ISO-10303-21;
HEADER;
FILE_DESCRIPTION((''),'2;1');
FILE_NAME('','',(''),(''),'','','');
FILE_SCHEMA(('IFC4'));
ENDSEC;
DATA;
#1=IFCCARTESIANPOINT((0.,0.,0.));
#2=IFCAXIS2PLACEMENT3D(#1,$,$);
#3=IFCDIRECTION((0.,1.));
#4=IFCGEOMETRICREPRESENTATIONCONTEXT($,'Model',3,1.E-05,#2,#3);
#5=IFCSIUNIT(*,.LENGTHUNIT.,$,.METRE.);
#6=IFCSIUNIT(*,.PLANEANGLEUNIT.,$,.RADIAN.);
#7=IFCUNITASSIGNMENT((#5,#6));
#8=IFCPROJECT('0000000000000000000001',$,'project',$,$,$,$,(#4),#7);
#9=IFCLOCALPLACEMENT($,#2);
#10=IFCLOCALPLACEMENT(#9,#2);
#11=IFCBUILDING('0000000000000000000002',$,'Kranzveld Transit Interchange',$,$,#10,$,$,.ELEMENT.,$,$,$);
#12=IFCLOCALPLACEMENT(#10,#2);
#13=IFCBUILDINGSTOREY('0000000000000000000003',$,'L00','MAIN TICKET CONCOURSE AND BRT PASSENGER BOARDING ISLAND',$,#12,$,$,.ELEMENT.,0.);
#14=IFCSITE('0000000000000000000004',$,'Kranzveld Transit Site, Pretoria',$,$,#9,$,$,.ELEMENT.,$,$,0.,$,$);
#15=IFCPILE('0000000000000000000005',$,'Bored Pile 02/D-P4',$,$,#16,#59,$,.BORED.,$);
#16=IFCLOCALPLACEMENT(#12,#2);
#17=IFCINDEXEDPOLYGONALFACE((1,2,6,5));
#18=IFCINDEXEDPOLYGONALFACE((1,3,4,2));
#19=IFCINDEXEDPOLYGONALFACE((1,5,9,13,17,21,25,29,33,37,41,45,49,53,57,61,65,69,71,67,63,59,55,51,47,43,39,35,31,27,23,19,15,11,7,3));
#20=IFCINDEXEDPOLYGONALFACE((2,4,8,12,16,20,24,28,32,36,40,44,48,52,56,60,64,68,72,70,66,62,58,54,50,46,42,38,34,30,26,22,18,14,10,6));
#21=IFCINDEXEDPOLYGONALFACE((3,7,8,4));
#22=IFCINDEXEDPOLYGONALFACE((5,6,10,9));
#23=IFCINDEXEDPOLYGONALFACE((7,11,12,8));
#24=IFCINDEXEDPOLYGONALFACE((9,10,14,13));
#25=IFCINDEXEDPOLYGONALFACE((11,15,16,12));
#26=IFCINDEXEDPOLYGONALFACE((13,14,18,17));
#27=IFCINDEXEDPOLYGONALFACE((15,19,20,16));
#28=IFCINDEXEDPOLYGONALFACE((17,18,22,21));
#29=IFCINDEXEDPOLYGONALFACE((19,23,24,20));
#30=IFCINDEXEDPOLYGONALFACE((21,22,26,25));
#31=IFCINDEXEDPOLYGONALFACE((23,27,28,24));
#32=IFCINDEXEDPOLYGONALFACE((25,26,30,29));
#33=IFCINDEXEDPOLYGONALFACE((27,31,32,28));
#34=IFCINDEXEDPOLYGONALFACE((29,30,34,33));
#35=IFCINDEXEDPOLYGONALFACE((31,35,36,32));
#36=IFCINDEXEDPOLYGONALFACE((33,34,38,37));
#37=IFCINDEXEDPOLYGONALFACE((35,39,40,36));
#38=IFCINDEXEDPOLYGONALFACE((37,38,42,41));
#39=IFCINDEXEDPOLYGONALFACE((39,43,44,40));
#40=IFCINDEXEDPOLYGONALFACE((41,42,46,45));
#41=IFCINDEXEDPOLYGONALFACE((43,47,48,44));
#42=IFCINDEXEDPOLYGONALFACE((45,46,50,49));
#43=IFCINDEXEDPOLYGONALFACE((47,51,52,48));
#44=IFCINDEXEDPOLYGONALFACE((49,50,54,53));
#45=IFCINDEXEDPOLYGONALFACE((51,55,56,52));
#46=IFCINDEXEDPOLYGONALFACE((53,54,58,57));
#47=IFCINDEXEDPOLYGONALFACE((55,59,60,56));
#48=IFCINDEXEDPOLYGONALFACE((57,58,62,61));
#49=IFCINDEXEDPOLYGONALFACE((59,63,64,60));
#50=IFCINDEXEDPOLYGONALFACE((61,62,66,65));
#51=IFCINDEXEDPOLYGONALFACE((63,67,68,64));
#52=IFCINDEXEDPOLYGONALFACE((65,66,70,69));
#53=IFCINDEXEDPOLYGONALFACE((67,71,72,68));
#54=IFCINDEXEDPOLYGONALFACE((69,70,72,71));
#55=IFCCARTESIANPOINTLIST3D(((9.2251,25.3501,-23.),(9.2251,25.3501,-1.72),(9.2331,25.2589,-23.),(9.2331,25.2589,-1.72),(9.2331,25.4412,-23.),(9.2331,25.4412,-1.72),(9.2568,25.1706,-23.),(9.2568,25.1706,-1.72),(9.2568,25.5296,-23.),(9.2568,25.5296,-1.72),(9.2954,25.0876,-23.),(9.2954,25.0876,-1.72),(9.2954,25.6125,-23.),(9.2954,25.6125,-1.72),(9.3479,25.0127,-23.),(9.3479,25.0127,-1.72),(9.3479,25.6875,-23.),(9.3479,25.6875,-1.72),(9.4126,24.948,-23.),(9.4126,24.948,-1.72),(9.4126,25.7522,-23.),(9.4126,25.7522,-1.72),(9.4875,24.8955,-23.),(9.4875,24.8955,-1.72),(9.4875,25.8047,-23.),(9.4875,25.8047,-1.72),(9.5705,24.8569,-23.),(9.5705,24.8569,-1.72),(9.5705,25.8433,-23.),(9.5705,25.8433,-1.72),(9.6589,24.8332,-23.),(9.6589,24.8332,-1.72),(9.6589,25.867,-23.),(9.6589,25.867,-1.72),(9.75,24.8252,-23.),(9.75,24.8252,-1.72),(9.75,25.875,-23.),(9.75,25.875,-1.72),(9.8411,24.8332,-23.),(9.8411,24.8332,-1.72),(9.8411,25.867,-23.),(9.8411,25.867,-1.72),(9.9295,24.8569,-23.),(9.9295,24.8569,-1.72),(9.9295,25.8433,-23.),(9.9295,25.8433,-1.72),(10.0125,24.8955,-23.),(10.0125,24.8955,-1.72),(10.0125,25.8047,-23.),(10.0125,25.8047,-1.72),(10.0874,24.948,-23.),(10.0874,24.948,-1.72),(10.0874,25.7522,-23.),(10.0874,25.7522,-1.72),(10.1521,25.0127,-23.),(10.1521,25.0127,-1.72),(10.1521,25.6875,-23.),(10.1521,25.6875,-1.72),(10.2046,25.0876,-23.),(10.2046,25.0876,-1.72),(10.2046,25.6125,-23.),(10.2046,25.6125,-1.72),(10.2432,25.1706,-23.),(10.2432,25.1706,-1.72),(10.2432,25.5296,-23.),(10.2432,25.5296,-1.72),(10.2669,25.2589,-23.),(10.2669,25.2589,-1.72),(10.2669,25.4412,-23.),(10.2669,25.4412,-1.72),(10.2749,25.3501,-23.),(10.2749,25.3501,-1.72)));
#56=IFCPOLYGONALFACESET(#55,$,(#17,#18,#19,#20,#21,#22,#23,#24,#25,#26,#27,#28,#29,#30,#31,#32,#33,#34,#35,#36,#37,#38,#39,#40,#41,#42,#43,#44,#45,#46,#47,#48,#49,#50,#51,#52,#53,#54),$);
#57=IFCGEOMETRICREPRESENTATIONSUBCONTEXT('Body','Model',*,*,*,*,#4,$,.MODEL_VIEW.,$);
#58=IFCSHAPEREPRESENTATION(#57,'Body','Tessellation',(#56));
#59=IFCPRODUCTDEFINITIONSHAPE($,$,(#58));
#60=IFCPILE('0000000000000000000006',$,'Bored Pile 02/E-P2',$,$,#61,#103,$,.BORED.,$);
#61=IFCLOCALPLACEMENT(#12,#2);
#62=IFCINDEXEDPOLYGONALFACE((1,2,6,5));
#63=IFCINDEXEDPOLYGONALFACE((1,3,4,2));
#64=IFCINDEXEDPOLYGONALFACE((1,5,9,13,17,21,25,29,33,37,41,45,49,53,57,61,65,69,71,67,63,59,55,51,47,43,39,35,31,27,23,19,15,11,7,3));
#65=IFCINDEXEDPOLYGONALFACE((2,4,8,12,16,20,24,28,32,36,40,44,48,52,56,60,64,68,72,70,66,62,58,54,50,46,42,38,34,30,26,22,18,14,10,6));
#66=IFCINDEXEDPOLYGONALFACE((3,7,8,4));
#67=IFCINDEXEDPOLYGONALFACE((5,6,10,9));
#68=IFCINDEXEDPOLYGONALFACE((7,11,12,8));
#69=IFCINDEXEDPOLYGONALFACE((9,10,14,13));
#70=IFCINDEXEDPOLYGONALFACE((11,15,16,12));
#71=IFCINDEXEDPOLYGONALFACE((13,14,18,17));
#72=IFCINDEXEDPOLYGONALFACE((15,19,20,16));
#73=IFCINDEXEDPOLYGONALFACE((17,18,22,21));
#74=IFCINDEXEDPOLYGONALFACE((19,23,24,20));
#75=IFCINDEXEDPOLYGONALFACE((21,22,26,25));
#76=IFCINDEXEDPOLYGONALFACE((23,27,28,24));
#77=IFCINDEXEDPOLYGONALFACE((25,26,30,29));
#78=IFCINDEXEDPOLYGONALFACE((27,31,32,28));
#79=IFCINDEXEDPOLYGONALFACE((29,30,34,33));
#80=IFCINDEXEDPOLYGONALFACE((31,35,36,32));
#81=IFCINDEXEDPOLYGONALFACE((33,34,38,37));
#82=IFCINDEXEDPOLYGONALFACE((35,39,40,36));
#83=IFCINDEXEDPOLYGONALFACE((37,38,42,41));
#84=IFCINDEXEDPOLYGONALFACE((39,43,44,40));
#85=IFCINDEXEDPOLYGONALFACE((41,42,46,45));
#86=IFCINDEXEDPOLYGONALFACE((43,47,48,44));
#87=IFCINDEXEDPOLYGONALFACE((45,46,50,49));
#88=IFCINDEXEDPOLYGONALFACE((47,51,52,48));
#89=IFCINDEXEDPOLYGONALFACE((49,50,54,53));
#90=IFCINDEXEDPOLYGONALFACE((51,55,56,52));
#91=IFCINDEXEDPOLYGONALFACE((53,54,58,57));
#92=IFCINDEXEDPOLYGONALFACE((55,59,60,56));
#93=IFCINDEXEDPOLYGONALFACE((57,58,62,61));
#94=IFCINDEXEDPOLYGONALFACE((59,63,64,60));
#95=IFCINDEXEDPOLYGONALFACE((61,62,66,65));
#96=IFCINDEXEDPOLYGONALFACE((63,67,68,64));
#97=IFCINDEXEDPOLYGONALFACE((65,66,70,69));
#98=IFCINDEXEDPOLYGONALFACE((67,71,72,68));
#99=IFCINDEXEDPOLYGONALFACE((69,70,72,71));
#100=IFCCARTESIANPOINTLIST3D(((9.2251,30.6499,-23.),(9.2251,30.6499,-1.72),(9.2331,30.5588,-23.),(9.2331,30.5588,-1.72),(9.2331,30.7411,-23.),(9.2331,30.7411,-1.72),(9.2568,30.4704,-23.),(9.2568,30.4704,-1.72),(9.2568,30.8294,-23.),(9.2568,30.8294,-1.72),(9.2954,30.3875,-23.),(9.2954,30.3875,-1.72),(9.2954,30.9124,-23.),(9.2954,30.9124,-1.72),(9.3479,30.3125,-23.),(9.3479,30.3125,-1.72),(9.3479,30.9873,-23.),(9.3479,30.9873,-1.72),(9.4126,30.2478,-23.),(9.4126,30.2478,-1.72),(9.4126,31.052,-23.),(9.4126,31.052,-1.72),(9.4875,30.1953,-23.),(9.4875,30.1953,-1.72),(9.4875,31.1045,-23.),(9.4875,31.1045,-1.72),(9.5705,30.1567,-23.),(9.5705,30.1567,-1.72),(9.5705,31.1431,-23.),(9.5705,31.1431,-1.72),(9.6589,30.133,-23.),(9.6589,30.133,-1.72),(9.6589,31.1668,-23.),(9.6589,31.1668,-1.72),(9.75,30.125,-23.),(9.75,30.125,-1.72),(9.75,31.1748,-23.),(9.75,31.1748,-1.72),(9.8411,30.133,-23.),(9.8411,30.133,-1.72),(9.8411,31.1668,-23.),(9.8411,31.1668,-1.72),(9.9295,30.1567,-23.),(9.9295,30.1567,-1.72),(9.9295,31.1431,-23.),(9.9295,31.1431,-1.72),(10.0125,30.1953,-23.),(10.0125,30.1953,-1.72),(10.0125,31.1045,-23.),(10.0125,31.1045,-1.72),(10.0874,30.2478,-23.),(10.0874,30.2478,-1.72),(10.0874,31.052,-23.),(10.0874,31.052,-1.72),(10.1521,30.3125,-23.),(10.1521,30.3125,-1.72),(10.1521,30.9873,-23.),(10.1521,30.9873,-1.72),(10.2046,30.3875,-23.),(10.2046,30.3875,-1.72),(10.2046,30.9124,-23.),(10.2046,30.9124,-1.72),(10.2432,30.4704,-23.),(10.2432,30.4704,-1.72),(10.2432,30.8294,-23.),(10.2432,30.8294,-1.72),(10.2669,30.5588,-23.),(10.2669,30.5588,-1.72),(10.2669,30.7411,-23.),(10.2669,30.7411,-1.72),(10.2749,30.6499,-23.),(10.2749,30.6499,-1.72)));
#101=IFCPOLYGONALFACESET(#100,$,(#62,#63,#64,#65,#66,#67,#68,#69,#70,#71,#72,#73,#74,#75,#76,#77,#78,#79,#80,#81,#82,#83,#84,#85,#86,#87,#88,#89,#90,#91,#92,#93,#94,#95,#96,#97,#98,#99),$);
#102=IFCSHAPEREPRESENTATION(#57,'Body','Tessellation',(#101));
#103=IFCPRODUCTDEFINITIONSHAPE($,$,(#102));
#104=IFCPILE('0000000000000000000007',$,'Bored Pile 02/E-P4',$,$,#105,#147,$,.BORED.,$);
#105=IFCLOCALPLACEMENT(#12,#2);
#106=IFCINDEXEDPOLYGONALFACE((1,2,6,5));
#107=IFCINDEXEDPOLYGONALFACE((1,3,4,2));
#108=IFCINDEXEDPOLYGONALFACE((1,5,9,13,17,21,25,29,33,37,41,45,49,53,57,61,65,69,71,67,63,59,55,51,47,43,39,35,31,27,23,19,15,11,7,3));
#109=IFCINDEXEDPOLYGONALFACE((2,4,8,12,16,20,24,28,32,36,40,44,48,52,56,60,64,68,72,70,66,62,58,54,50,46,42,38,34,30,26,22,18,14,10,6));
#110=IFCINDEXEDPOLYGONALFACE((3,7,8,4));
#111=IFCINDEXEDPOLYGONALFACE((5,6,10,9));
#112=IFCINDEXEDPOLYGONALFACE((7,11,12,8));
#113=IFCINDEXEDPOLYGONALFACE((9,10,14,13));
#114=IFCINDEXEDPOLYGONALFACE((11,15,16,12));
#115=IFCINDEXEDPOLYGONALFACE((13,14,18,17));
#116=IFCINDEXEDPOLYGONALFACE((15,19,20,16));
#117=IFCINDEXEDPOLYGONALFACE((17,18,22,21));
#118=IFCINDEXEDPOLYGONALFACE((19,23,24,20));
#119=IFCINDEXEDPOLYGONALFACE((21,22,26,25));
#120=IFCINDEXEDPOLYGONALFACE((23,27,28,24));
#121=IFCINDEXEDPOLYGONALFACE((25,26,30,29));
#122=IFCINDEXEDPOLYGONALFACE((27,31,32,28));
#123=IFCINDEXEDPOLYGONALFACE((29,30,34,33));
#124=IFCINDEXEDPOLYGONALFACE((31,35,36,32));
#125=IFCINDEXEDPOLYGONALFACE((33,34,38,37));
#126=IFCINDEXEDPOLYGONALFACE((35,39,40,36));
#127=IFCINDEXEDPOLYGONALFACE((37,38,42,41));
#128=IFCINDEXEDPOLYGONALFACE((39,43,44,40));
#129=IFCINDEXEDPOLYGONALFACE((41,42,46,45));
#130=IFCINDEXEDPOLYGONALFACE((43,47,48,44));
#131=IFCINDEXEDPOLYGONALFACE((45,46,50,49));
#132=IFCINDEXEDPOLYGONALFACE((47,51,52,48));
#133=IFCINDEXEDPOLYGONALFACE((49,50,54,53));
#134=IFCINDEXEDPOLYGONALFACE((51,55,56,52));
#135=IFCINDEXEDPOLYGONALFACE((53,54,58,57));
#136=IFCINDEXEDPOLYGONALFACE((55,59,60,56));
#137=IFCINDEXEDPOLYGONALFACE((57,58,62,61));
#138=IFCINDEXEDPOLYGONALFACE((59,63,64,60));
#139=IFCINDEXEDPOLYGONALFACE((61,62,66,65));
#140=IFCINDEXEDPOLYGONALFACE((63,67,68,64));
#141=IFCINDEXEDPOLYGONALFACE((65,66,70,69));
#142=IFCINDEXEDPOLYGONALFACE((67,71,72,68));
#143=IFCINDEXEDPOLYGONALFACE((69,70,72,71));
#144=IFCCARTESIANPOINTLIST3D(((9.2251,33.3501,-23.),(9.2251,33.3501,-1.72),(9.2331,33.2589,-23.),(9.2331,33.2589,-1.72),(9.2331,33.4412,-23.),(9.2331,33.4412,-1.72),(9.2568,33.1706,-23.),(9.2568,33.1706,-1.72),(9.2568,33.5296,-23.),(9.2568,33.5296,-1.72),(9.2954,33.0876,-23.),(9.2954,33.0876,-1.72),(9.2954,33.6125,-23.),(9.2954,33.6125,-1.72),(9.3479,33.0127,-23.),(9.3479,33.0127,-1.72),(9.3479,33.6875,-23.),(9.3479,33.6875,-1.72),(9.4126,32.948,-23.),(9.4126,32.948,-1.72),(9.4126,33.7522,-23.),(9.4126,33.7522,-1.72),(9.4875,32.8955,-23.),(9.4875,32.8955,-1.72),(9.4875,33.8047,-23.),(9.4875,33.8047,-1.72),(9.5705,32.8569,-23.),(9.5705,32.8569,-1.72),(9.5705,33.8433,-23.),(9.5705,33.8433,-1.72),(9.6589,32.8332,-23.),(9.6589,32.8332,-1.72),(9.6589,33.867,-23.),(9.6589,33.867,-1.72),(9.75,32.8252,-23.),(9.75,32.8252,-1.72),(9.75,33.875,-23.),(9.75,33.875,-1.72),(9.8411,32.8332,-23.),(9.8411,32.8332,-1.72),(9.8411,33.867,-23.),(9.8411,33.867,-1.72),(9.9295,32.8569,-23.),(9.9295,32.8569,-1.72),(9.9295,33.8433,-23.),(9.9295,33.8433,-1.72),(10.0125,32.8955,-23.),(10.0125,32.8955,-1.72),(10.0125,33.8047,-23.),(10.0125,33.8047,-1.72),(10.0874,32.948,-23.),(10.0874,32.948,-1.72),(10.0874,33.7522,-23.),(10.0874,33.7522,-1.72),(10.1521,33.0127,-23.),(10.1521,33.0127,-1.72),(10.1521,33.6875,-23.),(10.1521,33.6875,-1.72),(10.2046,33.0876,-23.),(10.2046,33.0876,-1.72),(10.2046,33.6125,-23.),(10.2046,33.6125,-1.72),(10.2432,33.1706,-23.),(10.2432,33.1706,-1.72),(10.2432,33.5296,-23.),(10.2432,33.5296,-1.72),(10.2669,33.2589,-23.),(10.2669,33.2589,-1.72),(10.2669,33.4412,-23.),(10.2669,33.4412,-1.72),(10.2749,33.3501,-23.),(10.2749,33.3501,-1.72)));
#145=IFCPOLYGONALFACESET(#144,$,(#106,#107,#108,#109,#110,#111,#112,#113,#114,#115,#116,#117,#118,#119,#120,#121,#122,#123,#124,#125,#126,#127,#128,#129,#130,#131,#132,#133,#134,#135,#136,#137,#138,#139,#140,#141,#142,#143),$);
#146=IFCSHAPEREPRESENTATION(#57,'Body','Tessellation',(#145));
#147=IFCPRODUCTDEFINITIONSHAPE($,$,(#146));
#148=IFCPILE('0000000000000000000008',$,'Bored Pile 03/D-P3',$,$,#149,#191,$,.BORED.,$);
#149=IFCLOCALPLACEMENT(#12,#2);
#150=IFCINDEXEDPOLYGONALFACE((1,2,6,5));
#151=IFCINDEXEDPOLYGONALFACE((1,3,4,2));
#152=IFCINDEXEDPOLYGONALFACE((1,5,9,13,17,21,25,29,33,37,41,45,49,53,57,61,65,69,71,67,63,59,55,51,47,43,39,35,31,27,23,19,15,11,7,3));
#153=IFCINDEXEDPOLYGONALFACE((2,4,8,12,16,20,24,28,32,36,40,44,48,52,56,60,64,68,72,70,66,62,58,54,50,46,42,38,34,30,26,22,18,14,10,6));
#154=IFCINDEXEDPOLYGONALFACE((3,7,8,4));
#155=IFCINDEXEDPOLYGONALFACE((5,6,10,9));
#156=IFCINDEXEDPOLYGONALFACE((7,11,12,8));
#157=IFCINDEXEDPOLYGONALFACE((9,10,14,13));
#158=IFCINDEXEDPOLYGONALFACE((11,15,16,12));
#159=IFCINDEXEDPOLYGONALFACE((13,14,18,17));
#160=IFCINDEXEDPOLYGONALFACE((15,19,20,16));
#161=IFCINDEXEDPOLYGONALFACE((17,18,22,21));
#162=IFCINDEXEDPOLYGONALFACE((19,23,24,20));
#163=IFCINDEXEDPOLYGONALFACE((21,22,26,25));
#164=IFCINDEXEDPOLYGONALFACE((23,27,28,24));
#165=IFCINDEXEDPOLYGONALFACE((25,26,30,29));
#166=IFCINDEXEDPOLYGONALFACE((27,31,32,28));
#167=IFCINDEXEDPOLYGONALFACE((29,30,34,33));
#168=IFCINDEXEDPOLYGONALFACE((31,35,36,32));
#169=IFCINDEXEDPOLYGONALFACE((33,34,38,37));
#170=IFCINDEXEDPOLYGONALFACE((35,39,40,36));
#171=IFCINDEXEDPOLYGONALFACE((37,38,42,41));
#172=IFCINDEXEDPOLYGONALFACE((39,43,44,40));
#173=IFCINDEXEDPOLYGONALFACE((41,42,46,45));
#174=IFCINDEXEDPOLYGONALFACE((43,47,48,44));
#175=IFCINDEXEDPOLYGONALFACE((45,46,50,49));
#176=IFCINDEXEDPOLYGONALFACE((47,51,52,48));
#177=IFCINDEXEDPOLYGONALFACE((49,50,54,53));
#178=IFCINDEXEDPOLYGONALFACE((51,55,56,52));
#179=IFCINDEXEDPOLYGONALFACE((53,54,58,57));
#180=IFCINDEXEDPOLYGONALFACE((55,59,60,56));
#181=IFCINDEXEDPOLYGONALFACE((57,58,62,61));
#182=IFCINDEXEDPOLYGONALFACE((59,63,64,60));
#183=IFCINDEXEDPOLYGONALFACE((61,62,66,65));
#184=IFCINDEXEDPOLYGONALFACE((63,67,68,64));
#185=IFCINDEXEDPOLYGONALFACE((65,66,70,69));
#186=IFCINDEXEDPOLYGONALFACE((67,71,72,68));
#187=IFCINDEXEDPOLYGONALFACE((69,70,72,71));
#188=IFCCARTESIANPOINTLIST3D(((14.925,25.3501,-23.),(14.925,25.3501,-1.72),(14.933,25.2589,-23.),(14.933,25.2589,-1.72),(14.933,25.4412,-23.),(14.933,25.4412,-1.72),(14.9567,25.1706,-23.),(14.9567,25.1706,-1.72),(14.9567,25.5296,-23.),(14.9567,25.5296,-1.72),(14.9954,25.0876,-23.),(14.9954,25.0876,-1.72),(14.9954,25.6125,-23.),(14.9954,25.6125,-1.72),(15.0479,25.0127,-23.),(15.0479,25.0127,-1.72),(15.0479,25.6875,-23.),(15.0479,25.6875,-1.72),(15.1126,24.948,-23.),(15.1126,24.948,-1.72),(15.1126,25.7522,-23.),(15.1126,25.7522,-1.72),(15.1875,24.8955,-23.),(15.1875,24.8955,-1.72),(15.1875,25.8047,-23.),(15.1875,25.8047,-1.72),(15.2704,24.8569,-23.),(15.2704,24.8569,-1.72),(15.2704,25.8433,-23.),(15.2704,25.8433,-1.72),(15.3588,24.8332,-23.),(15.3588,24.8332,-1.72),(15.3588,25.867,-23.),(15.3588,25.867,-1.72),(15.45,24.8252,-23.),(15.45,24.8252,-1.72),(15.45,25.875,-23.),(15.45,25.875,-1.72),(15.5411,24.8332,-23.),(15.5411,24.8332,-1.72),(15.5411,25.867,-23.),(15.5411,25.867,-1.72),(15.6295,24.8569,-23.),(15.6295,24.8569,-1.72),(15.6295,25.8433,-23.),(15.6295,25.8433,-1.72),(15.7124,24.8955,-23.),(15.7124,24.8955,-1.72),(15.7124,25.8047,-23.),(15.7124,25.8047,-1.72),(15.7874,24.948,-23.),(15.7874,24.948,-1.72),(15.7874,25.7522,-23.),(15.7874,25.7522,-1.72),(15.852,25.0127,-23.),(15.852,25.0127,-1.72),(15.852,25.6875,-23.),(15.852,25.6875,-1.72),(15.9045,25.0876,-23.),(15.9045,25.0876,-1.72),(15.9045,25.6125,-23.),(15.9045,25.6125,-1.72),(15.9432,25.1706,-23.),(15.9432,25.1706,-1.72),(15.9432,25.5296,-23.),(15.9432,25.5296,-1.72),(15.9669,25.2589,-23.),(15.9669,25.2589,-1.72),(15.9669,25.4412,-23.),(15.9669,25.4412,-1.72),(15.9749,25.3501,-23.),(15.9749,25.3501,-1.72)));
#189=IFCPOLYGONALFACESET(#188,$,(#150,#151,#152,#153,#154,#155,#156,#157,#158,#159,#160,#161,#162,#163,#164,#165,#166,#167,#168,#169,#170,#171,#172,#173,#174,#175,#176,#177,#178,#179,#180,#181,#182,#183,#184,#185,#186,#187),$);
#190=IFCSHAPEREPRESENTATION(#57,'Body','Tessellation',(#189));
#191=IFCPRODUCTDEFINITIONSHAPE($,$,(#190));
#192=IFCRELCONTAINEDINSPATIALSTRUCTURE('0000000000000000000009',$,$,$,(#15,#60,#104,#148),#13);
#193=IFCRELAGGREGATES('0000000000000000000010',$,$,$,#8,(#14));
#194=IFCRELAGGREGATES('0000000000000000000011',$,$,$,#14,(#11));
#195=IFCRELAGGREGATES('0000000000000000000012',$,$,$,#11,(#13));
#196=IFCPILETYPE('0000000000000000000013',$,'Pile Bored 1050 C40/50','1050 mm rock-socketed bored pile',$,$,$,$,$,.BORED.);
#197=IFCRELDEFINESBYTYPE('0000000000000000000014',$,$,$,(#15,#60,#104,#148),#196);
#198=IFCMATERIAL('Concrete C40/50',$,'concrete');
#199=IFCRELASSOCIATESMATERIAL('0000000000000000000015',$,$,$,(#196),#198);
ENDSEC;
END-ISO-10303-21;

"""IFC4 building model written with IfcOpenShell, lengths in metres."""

from ifc_helpers import new_model, si_unit, direction, frame, origin, origin_2d, place, context, subcontext, project, spatial, circle, extrude, material, material_profile, profile_set, type_object, element, save


model = new_model("IFC4")

# Units and contexts
model_context = context("Model", 3, precision=1e-05, world=origin(), true_north=direction((0.0, 1.0)))
body_context = subcontext(model_context, "Body", "Model", "MODEL_VIEW")
ifc_project = project(units=[si_unit("LENGTHUNIT", "METRE"), si_unit("PLANEANGLEUNIT", "RADIAN")], contexts=[model_context])

# Site, building, storey
site_placement = place(None, origin())
site = spatial("IfcSite", under=ifc_project, at=site_placement, Name="Kranzveld Transit Site, Pretoria", CompositionType="ELEMENT", RefElevation=0.0)
building_placement = place(site_placement, origin())
building = spatial("IfcBuilding", under=site, at=building_placement, Name="Kranzveld Transit Interchange", CompositionType="ELEMENT")
storey_placement = place(building_placement, origin())
storey = spatial("IfcBuildingStorey", under=building, at=storey_placement, Name="L00", Description="MAIN TICKET CONCOURSE AND BRT PASSENGER BOARDING ISLAND", CompositionType="ELEMENT", Elevation=0.0)

# Piles
ifc_material_1 = material(Name="Concrete C40/50", Category="concrete")
ifc_material_profile_1 = material_profile(ifc_material_1, circle(Radius=0.5249, at=origin_2d()), Name="BORED PILE 1050")
ifc_profile_set_1 = profile_set([ifc_material_profile_1], Name="Concrete C40/50")
pile_type_1 = type_object("IfcPileType", Name="Pile Bored 1050 C40/50", Description="1050 mm rock-socketed bored pile", PredefinedType="BORED", material=ifc_profile_set_1)
for number, where, z_axis, x_axis, name in (
    (1, (9.75, 25.3501, -1.72), (0.0, 0.0, -1.0), (1.0, 0.0, 0.0), "Bored Pile 02/D-P4"),
    (2, (9.75, 30.6499, -1.72), (0.0, 0.0, -1.0), (1.0, 0.0, 0.0), "Bored Pile 02/E-P2"),
    (3, (9.75, 33.3501, -1.72), (0.0, 0.0, -1.0), (1.0, 0.0, 0.0), "Bored Pile 02/E-P4"),
    (4, (15.45, 25.3501, -1.72), (0.0, 0.0, -1.0), (1.0, 0.0, 0.0), "Bored Pile 03/D-P3"),
):
    element("IfcPile", number, at=place(storey_placement, frame(where, z_axis=z_axis, x_axis=x_axis)), inside=storey, type_object=pile_type_1, Name=name, PredefinedType="BORED", context=body_context, shape_type="SweptSolid", body=[
        extrude(circle(Radius=0.5249, at=origin_2d()), origin(), (0.0, 0.0, 1.0), 21.28),
    ])

save(model, "model.ifc")
